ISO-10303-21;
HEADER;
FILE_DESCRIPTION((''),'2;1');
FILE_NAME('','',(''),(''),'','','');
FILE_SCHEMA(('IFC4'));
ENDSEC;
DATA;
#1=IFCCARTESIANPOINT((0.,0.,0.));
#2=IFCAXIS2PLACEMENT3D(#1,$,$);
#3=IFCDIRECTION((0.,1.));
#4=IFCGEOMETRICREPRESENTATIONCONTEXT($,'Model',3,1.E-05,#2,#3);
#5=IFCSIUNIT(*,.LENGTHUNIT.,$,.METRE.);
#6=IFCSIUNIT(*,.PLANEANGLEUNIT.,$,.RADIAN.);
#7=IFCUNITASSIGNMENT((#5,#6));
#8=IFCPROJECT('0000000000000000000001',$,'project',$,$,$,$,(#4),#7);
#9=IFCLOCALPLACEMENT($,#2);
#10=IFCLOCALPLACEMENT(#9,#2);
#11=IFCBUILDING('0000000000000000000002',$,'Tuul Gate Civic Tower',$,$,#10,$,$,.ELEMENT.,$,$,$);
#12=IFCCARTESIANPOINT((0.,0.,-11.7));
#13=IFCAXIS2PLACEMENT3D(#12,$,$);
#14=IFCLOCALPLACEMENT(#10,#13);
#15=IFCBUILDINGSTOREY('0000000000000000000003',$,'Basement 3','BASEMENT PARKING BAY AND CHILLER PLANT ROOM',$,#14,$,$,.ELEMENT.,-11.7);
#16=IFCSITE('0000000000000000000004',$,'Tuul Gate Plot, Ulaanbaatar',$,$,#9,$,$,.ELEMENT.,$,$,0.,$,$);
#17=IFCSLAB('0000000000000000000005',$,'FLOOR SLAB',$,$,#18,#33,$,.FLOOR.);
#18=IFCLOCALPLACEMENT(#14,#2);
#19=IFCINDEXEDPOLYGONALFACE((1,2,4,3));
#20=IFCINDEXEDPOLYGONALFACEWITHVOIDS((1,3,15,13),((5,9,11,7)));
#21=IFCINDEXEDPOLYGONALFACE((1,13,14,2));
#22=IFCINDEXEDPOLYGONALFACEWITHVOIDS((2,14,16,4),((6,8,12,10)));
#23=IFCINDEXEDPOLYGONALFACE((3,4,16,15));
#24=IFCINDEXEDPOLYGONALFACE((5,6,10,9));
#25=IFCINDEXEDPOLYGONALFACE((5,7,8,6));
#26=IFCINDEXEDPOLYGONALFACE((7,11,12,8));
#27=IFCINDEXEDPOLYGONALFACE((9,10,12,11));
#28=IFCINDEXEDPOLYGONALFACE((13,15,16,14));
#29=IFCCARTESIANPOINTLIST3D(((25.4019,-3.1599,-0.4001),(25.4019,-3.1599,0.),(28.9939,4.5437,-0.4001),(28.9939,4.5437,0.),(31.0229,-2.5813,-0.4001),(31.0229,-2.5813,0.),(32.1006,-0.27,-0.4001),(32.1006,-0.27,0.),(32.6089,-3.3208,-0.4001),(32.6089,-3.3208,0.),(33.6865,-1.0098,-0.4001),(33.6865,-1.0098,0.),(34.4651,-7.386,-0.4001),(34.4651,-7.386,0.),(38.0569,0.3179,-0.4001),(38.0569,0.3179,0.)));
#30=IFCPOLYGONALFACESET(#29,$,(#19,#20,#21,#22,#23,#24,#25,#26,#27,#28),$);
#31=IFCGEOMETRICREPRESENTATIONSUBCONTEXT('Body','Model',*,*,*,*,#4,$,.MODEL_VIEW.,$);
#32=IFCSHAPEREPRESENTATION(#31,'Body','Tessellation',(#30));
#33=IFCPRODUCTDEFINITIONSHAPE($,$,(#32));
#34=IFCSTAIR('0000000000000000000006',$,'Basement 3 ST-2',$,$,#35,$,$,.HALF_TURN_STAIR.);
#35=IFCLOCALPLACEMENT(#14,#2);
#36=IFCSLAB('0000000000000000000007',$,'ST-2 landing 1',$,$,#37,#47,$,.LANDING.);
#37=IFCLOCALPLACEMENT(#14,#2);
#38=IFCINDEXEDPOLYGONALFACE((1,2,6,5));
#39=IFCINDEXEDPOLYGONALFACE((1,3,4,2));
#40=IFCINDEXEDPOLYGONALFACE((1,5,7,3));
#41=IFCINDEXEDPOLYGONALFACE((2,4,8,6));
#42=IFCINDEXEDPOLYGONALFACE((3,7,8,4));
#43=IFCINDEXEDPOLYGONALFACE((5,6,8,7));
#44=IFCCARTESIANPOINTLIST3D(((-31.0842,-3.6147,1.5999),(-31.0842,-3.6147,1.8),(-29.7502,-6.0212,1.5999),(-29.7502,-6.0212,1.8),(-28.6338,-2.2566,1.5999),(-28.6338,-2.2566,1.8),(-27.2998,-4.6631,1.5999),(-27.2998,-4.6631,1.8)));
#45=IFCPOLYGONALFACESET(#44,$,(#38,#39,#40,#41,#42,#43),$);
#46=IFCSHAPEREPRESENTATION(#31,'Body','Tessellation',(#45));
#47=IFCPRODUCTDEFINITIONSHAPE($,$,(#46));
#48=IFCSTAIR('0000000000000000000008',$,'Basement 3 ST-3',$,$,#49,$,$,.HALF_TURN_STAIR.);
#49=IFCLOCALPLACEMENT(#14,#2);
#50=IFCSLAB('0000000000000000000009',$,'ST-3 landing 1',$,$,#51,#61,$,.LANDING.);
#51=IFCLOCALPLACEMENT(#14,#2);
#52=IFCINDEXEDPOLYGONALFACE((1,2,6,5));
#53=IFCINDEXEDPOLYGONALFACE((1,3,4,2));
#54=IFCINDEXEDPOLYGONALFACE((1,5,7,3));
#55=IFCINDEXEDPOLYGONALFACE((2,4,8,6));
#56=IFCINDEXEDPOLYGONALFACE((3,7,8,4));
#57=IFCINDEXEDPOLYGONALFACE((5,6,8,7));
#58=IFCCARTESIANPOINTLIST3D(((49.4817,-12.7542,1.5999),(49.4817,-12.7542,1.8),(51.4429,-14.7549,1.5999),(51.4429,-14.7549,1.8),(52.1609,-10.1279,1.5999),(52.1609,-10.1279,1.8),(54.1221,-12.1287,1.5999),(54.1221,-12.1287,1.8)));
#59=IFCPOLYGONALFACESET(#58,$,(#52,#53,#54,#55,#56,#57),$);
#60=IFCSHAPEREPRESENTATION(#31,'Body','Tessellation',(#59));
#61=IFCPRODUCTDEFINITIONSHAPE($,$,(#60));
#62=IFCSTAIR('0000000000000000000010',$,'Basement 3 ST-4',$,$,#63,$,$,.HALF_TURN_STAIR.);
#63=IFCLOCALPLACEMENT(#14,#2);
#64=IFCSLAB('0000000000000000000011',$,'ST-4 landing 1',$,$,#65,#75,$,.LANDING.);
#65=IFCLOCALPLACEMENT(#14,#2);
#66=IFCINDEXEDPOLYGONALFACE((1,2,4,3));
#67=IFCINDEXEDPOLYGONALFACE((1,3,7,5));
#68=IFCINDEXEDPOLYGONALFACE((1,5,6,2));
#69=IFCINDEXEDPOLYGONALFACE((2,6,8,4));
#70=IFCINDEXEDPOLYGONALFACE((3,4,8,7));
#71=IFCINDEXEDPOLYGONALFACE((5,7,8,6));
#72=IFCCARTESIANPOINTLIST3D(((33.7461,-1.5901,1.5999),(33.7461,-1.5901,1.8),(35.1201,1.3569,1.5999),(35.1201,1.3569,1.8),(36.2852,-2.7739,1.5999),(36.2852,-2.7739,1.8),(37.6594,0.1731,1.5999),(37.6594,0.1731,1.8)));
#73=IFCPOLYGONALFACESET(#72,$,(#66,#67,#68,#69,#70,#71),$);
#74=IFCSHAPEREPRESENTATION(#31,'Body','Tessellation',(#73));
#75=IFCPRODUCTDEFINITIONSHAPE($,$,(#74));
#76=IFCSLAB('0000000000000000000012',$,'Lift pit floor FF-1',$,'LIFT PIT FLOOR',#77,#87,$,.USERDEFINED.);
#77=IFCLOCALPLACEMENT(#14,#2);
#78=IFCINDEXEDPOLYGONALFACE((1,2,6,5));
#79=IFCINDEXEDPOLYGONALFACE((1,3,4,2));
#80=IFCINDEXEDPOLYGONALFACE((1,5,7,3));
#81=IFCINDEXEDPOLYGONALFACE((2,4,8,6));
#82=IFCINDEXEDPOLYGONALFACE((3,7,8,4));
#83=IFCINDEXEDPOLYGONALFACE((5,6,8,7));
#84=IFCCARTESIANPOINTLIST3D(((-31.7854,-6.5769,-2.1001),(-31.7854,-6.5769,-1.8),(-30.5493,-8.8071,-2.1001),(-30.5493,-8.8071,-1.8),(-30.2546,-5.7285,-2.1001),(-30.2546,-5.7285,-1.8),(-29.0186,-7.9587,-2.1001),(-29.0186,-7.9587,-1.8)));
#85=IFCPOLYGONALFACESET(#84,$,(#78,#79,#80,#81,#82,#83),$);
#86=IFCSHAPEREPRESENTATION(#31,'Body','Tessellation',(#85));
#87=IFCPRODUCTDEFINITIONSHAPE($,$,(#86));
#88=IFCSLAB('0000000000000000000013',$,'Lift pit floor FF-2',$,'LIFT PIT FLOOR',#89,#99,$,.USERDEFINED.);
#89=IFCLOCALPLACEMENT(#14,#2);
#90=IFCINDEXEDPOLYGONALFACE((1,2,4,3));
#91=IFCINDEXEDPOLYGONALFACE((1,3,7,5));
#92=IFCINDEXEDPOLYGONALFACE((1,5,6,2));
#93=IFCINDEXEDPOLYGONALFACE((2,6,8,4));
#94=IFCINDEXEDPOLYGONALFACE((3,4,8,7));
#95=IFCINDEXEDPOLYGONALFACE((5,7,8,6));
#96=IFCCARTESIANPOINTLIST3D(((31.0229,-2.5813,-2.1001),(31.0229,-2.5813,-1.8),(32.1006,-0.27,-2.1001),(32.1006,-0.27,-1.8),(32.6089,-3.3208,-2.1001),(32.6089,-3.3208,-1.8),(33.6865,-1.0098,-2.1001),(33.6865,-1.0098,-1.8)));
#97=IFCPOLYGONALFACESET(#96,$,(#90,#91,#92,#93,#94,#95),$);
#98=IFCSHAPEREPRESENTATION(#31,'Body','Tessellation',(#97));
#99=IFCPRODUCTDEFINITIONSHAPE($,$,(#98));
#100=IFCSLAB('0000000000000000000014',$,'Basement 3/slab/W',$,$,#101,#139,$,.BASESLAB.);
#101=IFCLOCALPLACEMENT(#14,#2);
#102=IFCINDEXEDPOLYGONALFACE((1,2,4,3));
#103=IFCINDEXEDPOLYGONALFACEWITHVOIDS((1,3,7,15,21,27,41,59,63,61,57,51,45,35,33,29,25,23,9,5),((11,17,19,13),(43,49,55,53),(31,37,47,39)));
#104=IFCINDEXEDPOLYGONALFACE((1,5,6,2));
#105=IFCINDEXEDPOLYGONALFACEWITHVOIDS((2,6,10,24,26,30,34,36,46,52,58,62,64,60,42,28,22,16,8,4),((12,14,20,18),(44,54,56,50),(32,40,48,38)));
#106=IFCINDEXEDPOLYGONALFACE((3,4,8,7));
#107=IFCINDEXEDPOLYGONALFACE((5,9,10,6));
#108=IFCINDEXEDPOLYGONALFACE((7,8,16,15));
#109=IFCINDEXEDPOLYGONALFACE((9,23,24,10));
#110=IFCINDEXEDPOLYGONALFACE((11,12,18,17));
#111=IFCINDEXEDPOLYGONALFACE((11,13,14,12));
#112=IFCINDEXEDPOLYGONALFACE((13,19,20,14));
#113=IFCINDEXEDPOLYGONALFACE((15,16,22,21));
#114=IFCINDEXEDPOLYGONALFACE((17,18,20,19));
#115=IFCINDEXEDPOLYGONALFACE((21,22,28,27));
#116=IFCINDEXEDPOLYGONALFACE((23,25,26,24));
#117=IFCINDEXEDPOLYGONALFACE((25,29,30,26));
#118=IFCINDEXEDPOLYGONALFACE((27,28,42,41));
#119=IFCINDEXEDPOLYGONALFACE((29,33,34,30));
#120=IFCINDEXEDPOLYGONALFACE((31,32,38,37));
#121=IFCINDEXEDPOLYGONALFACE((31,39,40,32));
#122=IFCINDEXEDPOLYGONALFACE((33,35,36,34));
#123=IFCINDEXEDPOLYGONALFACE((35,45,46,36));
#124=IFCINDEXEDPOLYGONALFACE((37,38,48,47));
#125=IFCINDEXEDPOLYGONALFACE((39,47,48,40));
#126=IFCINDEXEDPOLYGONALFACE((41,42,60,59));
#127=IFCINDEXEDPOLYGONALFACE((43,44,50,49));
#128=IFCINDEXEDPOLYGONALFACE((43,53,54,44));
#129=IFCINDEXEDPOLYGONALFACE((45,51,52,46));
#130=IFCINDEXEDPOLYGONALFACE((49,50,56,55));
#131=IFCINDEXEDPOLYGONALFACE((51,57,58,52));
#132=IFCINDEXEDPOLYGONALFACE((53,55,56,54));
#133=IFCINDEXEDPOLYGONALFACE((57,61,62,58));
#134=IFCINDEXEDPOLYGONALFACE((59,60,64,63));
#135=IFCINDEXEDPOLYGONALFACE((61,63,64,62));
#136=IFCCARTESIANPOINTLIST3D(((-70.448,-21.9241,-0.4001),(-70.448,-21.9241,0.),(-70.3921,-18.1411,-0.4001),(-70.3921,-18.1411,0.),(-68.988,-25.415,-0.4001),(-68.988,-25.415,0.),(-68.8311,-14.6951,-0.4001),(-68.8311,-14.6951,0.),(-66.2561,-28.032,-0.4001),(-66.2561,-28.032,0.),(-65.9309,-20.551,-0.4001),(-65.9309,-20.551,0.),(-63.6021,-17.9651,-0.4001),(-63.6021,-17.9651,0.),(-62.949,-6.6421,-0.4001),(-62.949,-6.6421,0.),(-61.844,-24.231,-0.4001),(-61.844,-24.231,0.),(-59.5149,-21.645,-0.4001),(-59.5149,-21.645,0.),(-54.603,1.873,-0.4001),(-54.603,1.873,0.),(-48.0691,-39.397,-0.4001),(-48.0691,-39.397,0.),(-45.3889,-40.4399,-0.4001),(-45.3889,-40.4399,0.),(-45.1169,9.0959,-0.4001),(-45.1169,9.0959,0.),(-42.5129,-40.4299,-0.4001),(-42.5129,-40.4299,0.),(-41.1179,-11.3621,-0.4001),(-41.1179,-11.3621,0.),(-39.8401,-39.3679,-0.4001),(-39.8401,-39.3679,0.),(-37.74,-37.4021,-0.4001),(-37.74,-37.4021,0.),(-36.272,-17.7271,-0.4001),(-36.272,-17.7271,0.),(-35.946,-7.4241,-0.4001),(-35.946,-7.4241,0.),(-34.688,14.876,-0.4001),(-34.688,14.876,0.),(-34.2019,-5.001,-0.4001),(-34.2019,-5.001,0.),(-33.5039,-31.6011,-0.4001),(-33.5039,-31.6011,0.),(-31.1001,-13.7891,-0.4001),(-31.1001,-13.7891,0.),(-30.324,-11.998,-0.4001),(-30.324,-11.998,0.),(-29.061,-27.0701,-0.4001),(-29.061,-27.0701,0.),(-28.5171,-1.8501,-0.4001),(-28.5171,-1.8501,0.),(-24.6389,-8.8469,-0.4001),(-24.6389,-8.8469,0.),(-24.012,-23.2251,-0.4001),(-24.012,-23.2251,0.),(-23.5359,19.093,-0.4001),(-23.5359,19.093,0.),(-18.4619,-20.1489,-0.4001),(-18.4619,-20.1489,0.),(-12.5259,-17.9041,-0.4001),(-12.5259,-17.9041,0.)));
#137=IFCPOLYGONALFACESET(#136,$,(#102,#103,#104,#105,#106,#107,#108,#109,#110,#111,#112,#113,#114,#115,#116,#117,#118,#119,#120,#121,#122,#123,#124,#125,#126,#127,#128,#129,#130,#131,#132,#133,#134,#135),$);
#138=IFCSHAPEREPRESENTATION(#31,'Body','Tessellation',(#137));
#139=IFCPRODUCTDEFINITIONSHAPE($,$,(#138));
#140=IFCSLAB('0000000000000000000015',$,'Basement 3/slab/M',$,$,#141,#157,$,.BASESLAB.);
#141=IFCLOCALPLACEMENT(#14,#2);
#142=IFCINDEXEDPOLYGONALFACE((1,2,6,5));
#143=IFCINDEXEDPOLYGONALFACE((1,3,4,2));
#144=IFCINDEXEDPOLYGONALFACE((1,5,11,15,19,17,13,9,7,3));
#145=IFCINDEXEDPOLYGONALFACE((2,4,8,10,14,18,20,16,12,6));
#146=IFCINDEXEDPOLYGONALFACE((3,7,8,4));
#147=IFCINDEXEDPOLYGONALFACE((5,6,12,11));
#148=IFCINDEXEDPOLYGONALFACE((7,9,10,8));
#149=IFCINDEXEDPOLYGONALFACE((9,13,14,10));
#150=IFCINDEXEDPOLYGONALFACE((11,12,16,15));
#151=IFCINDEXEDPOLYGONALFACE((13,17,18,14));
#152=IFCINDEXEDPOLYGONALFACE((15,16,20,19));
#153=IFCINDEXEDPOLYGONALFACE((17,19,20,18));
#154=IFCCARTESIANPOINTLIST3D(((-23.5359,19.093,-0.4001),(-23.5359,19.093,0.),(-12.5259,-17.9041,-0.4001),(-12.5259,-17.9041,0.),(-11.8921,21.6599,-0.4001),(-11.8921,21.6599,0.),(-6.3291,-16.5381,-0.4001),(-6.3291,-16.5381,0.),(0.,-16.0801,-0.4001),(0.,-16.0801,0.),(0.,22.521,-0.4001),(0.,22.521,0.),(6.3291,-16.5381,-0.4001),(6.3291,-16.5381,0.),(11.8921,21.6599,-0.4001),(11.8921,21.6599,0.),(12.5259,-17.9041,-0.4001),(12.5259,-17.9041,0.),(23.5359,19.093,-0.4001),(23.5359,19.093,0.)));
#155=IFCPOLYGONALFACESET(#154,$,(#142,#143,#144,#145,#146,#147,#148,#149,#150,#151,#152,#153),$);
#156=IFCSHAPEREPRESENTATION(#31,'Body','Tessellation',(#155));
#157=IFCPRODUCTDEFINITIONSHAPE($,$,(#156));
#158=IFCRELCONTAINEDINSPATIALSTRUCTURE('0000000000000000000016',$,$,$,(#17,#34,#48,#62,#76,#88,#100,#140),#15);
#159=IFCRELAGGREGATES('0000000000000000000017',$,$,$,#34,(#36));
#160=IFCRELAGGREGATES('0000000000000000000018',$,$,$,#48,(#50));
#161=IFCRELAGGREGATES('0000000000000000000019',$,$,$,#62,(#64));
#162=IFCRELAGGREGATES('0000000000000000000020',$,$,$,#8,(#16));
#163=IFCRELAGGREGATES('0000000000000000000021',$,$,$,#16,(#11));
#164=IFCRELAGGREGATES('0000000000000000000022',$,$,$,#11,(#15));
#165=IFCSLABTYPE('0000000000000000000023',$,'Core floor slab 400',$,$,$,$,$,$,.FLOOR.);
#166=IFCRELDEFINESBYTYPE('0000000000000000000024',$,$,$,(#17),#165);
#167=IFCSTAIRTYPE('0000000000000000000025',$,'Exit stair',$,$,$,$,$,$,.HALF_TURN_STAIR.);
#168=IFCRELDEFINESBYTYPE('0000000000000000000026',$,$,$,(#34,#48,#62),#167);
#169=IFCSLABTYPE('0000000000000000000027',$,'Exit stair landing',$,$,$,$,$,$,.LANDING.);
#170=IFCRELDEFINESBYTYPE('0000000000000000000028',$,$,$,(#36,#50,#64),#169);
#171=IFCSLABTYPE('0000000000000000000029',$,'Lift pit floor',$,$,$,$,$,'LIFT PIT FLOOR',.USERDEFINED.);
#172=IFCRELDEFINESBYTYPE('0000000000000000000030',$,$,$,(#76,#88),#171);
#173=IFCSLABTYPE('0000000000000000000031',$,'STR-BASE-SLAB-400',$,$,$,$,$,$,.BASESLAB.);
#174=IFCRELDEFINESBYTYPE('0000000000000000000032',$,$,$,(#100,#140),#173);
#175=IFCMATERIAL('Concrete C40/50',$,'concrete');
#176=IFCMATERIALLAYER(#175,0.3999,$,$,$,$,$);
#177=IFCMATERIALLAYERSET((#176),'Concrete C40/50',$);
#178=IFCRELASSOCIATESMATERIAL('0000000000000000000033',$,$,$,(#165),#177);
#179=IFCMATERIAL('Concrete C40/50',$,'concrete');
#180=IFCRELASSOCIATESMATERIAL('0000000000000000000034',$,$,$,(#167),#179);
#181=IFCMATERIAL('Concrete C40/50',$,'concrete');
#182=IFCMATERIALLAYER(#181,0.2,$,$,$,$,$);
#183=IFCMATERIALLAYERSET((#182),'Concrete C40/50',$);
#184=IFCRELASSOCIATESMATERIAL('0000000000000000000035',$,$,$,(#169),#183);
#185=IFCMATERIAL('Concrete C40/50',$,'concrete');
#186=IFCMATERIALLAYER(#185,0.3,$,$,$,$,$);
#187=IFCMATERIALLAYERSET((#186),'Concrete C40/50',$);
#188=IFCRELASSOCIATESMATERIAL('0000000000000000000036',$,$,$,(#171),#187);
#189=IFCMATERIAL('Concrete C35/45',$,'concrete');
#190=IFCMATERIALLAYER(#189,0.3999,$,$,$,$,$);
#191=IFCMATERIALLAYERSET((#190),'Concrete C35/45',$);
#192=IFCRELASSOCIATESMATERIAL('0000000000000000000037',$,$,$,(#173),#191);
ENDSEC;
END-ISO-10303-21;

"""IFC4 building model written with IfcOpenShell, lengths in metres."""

from ifc_helpers import new_model, si_unit, direction, frame, origin, place, context, subcontext, project, spatial, polyline, outline, extrude, material, layer, layer_set, type_object, element, aggregate, save


model = new_model("IFC4")

# Units and contexts
model_context = context("Model", 3, precision=1e-05, world=origin(), true_north=direction((0.0, 1.0)))
body_context = subcontext(model_context, "Body", "Model", "MODEL_VIEW")
ifc_project = project(units=[si_unit("LENGTHUNIT", "METRE"), si_unit("PLANEANGLEUNIT", "RADIAN")], contexts=[model_context])

# Site, building, storey
site_placement = place(None, origin())
site = spatial("IfcSite", under=ifc_project, at=site_placement, Name="Tuul Gate Plot, Ulaanbaatar", CompositionType="ELEMENT", RefElevation=0.0)
building_placement = place(site_placement, origin())
building = spatial("IfcBuilding", under=site, at=building_placement, Name="Tuul Gate Civic Tower", CompositionType="ELEMENT")
storey_placement = place(building_placement, frame((0.0, 0.0, -11.7)))
storey = spatial("IfcBuildingStorey", under=building, at=storey_placement, Name="Basement 3", Description="BASEMENT PARKING BAY AND CHILLER PLANT ROOM", CompositionType="ELEMENT", Elevation=-11.7)

# Slab
ifc_material_1 = material(Name="Concrete C40/50", Category="concrete")
ifc_layer_1 = layer(ifc_material_1, 0.3999)
ifc_layer_set_1 = layer_set([ifc_layer_1], Name="Concrete C40/50")
slab_type_1 = type_object("IfcSlabType", Name="Core floor slab 400", PredefinedType="FLOOR", material=ifc_layer_set_1)
slab_1_placement = place(storey_placement, frame((0.0, 0.0, -0.4001)))
element("IfcSlab", 1, at=slab_1_placement, inside=storey, type_object=slab_type_1, Name="FLOOR SLAB", PredefinedType="FLOOR", context=body_context, shape_type="SweptSolid", body=[
    extrude(outline(polyline([(34.4651, -7.386), (38.0569, 0.3179), (28.9939, 4.5437), (25.4019, -3.1599), (34.4651, -7.386)]), holes=[polyline([(32.6089, -3.3208), (33.6865, -1.0098), (32.1006, -0.27), (31.0229, -2.5813), (32.6089, -3.3208)])]), origin(), (0.0, 0.0, 1.0), 0.4001),
])

# Stairs, slabs
ifc_material_2 = material(Name="Concrete C40/50", Category="concrete")
stair_type = type_object("IfcStairType", Name="Exit stair", PredefinedType="HALF_TURN_STAIR", material=ifc_material_2)
stair_1_placement = place(storey_placement, origin())
stair_1 = element("IfcStair", 2, at=stair_1_placement, inside=storey, type_object=stair_type, Name="Basement 3 ST-2", PredefinedType="HALF_TURN_STAIR")
ifc_material_3 = material(Name="Concrete C40/50", Category="concrete")
ifc_layer_2 = layer(ifc_material_3, 0.2)
ifc_layer_set_2 = layer_set([ifc_layer_2], Name="Concrete C40/50")
slab_type_2 = type_object("IfcSlabType", Name="Exit stair landing", PredefinedType="LANDING", material=ifc_layer_set_2)
slab_2_placement = place(storey_placement, frame((0.0, 0.0, 1.5999)))
slab_2 = element("IfcSlab", 3, at=slab_2_placement, type_object=slab_type_2, Name="ST-2 landing 1", PredefinedType="LANDING", context=body_context, shape_type="SweptSolid", body=[
    extrude(outline(polyline([(-27.2998, -4.6631), (-29.7502, -6.0212), (-31.0842, -3.6147), (-28.6338, -2.2566), (-27.2998, -4.6631)])), origin(), (0.0, 0.0, 1.0), 0.2002),
])
aggregate(stair_1, [slab_2])
stair_2_placement = place(storey_placement, origin())
stair_2 = element("IfcStair", 4, at=stair_2_placement, inside=storey, type_object=stair_type, Name="Basement 3 ST-3", PredefinedType="HALF_TURN_STAIR")
slab_3_placement = place(storey_placement, frame((0.0, 0.0, 1.5999)))
slab_3 = element("IfcSlab", 5, at=slab_3_placement, type_object=slab_type_2, Name="ST-3 landing 1", PredefinedType="LANDING", context=body_context, shape_type="SweptSolid", body=[
    extrude(outline(polyline([(51.4429, -14.7549), (49.4817, -12.7542), (52.1609, -10.1279), (54.1221, -12.1287), (51.4429, -14.7549)])), origin(), (0.0, 0.0, 1.0), 0.2002),
])
aggregate(stair_2, [slab_3])
stair_3_placement = place(storey_placement, origin())
stair_3 = element("IfcStair", 6, at=stair_3_placement, inside=storey, type_object=stair_type, Name="Basement 3 ST-4", PredefinedType="HALF_TURN_STAIR")
slab_4_placement = place(storey_placement, frame((0.0, 0.0, 1.5999)))
slab_4 = element("IfcSlab", 7, at=slab_4_placement, type_object=slab_type_2, Name="ST-4 landing 1", PredefinedType="LANDING", context=body_context, shape_type="SweptSolid", body=[
    extrude(outline(polyline([(36.2852, -2.7739), (33.7461, -1.5901), (35.1201, 1.3569), (37.6594, 0.1731), (36.2852, -2.7739)])), origin(), (0.0, 0.0, 1.0), 0.2002),
])
aggregate(stair_3, [slab_4])

# Slabs
ifc_material_4 = material(Name="Concrete C40/50", Category="concrete")
ifc_layer_3 = layer(ifc_material_4, 0.3)
ifc_layer_set_3 = layer_set([ifc_layer_3], Name="Concrete C40/50")
slab_type_3 = type_object("IfcSlabType", Name="Lift pit floor", ElementType="LIFT PIT FLOOR", PredefinedType="USERDEFINED", material=ifc_layer_set_3)
slab_5_placement = place(storey_placement, frame((0.0, 0.0, -2.1001)))
element("IfcSlab", 8, at=slab_5_placement, inside=storey, type_object=slab_type_3, Name="Lift pit floor FF-1", ObjectType="LIFT PIT FLOOR", PredefinedType="USERDEFINED", context=body_context, shape_type="SweptSolid", body=[
    extrude(outline(polyline([(-29.0186, -7.9587), (-30.2546, -5.7285), (-31.7854, -6.5769), (-30.5493, -8.8071), (-29.0186, -7.9587)])), origin(), (0.0, 0.0, 1.0), 0.3),
])
slab_6_placement = place(storey_placement, frame((0.0, 0.0, -2.1001)))
element("IfcSlab", 9, at=slab_6_placement, inside=storey, type_object=slab_type_3, Name="Lift pit floor FF-2", ObjectType="LIFT PIT FLOOR", PredefinedType="USERDEFINED", context=body_context, shape_type="SweptSolid", body=[
    extrude(outline(polyline([(32.6089, -3.3208), (33.6865, -1.0098), (32.1006, -0.27), (31.0229, -2.5813), (32.6089, -3.3208)])), origin(), (0.0, 0.0, 1.0), 0.3),
])
ifc_material_5 = material(Name="Concrete C35/45", Category="concrete")
ifc_layer_4 = layer(ifc_material_5, 0.3999)
ifc_layer_set_4 = layer_set([ifc_layer_4], Name="Concrete C35/45")
slab_type_4 = type_object("IfcSlabType", Name="STR-BASE-SLAB-400", PredefinedType="BASESLAB", material=ifc_layer_set_4)
slab_7_placement = place(storey_placement, frame((0.0, 0.0, -0.4001)))
element("IfcSlab", 10, at=slab_7_placement, inside=storey, type_object=slab_type_4, Name="Basement 3/slab/W", PredefinedType="BASESLAB", context=body_context, shape_type="SweptSolid", body=[
    extrude(outline(polyline([(-18.4619, -20.1489), (-12.5259, -17.9041), (-23.5359, 19.093), (-34.688, 14.876), (-45.1169, 9.0959), (-54.603, 1.873), (-62.949, -6.6421), (-68.8311, -14.6951), (-70.3921, -18.1411), (-70.448, -21.9241), (-68.988, -25.415), (-66.2561, -28.032), (-48.0691, -39.397), (-45.3889, -40.4399), (-42.5129, -40.4299), (-39.8401, -39.3679), (-37.74, -37.4021), (-33.5039, -31.6011), (-29.061, -27.0701), (-24.012, -23.2251), (-18.4619, -20.1489)]), holes=[polyline([(-61.844, -24.231), (-65.9309, -20.551), (-63.6021, -17.9651), (-59.5149, -21.645), (-61.844, -24.231)]), polyline([(-31.1001, -13.7891), (-36.272, -17.7271), (-41.1179, -11.3621), (-35.946, -7.4241), (-31.1001, -13.7891)]), polyline([(-30.324, -11.998), (-34.2019, -5.001), (-28.5171, -1.8501), (-24.6389, -8.8469), (-30.324, -11.998)])]), origin(), (0.0, 0.0, 1.0), 0.4001),
])
slab_8_placement = place(storey_placement, frame((0.0, 0.0, -0.4001)))
element("IfcSlab", 11, at=slab_8_placement, inside=storey, type_object=slab_type_4, Name="Basement 3/slab/M", PredefinedType="BASESLAB", context=body_context, shape_type="SweptSolid", body=[
    extrude(outline(polyline([(12.5259, -17.9041), (23.5359, 19.093), (11.8921, 21.6599), (0.0, 22.521), (-11.8921, 21.6599), (-23.5359, 19.093), (-12.5259, -17.9041), (-6.3291, -16.5381), (0.0, -16.0801), (6.3291, -16.5381), (12.5259, -17.9041)])), origin(), (0.0, 0.0, 1.0), 0.4001),
])

save(model, "model.ifc")
